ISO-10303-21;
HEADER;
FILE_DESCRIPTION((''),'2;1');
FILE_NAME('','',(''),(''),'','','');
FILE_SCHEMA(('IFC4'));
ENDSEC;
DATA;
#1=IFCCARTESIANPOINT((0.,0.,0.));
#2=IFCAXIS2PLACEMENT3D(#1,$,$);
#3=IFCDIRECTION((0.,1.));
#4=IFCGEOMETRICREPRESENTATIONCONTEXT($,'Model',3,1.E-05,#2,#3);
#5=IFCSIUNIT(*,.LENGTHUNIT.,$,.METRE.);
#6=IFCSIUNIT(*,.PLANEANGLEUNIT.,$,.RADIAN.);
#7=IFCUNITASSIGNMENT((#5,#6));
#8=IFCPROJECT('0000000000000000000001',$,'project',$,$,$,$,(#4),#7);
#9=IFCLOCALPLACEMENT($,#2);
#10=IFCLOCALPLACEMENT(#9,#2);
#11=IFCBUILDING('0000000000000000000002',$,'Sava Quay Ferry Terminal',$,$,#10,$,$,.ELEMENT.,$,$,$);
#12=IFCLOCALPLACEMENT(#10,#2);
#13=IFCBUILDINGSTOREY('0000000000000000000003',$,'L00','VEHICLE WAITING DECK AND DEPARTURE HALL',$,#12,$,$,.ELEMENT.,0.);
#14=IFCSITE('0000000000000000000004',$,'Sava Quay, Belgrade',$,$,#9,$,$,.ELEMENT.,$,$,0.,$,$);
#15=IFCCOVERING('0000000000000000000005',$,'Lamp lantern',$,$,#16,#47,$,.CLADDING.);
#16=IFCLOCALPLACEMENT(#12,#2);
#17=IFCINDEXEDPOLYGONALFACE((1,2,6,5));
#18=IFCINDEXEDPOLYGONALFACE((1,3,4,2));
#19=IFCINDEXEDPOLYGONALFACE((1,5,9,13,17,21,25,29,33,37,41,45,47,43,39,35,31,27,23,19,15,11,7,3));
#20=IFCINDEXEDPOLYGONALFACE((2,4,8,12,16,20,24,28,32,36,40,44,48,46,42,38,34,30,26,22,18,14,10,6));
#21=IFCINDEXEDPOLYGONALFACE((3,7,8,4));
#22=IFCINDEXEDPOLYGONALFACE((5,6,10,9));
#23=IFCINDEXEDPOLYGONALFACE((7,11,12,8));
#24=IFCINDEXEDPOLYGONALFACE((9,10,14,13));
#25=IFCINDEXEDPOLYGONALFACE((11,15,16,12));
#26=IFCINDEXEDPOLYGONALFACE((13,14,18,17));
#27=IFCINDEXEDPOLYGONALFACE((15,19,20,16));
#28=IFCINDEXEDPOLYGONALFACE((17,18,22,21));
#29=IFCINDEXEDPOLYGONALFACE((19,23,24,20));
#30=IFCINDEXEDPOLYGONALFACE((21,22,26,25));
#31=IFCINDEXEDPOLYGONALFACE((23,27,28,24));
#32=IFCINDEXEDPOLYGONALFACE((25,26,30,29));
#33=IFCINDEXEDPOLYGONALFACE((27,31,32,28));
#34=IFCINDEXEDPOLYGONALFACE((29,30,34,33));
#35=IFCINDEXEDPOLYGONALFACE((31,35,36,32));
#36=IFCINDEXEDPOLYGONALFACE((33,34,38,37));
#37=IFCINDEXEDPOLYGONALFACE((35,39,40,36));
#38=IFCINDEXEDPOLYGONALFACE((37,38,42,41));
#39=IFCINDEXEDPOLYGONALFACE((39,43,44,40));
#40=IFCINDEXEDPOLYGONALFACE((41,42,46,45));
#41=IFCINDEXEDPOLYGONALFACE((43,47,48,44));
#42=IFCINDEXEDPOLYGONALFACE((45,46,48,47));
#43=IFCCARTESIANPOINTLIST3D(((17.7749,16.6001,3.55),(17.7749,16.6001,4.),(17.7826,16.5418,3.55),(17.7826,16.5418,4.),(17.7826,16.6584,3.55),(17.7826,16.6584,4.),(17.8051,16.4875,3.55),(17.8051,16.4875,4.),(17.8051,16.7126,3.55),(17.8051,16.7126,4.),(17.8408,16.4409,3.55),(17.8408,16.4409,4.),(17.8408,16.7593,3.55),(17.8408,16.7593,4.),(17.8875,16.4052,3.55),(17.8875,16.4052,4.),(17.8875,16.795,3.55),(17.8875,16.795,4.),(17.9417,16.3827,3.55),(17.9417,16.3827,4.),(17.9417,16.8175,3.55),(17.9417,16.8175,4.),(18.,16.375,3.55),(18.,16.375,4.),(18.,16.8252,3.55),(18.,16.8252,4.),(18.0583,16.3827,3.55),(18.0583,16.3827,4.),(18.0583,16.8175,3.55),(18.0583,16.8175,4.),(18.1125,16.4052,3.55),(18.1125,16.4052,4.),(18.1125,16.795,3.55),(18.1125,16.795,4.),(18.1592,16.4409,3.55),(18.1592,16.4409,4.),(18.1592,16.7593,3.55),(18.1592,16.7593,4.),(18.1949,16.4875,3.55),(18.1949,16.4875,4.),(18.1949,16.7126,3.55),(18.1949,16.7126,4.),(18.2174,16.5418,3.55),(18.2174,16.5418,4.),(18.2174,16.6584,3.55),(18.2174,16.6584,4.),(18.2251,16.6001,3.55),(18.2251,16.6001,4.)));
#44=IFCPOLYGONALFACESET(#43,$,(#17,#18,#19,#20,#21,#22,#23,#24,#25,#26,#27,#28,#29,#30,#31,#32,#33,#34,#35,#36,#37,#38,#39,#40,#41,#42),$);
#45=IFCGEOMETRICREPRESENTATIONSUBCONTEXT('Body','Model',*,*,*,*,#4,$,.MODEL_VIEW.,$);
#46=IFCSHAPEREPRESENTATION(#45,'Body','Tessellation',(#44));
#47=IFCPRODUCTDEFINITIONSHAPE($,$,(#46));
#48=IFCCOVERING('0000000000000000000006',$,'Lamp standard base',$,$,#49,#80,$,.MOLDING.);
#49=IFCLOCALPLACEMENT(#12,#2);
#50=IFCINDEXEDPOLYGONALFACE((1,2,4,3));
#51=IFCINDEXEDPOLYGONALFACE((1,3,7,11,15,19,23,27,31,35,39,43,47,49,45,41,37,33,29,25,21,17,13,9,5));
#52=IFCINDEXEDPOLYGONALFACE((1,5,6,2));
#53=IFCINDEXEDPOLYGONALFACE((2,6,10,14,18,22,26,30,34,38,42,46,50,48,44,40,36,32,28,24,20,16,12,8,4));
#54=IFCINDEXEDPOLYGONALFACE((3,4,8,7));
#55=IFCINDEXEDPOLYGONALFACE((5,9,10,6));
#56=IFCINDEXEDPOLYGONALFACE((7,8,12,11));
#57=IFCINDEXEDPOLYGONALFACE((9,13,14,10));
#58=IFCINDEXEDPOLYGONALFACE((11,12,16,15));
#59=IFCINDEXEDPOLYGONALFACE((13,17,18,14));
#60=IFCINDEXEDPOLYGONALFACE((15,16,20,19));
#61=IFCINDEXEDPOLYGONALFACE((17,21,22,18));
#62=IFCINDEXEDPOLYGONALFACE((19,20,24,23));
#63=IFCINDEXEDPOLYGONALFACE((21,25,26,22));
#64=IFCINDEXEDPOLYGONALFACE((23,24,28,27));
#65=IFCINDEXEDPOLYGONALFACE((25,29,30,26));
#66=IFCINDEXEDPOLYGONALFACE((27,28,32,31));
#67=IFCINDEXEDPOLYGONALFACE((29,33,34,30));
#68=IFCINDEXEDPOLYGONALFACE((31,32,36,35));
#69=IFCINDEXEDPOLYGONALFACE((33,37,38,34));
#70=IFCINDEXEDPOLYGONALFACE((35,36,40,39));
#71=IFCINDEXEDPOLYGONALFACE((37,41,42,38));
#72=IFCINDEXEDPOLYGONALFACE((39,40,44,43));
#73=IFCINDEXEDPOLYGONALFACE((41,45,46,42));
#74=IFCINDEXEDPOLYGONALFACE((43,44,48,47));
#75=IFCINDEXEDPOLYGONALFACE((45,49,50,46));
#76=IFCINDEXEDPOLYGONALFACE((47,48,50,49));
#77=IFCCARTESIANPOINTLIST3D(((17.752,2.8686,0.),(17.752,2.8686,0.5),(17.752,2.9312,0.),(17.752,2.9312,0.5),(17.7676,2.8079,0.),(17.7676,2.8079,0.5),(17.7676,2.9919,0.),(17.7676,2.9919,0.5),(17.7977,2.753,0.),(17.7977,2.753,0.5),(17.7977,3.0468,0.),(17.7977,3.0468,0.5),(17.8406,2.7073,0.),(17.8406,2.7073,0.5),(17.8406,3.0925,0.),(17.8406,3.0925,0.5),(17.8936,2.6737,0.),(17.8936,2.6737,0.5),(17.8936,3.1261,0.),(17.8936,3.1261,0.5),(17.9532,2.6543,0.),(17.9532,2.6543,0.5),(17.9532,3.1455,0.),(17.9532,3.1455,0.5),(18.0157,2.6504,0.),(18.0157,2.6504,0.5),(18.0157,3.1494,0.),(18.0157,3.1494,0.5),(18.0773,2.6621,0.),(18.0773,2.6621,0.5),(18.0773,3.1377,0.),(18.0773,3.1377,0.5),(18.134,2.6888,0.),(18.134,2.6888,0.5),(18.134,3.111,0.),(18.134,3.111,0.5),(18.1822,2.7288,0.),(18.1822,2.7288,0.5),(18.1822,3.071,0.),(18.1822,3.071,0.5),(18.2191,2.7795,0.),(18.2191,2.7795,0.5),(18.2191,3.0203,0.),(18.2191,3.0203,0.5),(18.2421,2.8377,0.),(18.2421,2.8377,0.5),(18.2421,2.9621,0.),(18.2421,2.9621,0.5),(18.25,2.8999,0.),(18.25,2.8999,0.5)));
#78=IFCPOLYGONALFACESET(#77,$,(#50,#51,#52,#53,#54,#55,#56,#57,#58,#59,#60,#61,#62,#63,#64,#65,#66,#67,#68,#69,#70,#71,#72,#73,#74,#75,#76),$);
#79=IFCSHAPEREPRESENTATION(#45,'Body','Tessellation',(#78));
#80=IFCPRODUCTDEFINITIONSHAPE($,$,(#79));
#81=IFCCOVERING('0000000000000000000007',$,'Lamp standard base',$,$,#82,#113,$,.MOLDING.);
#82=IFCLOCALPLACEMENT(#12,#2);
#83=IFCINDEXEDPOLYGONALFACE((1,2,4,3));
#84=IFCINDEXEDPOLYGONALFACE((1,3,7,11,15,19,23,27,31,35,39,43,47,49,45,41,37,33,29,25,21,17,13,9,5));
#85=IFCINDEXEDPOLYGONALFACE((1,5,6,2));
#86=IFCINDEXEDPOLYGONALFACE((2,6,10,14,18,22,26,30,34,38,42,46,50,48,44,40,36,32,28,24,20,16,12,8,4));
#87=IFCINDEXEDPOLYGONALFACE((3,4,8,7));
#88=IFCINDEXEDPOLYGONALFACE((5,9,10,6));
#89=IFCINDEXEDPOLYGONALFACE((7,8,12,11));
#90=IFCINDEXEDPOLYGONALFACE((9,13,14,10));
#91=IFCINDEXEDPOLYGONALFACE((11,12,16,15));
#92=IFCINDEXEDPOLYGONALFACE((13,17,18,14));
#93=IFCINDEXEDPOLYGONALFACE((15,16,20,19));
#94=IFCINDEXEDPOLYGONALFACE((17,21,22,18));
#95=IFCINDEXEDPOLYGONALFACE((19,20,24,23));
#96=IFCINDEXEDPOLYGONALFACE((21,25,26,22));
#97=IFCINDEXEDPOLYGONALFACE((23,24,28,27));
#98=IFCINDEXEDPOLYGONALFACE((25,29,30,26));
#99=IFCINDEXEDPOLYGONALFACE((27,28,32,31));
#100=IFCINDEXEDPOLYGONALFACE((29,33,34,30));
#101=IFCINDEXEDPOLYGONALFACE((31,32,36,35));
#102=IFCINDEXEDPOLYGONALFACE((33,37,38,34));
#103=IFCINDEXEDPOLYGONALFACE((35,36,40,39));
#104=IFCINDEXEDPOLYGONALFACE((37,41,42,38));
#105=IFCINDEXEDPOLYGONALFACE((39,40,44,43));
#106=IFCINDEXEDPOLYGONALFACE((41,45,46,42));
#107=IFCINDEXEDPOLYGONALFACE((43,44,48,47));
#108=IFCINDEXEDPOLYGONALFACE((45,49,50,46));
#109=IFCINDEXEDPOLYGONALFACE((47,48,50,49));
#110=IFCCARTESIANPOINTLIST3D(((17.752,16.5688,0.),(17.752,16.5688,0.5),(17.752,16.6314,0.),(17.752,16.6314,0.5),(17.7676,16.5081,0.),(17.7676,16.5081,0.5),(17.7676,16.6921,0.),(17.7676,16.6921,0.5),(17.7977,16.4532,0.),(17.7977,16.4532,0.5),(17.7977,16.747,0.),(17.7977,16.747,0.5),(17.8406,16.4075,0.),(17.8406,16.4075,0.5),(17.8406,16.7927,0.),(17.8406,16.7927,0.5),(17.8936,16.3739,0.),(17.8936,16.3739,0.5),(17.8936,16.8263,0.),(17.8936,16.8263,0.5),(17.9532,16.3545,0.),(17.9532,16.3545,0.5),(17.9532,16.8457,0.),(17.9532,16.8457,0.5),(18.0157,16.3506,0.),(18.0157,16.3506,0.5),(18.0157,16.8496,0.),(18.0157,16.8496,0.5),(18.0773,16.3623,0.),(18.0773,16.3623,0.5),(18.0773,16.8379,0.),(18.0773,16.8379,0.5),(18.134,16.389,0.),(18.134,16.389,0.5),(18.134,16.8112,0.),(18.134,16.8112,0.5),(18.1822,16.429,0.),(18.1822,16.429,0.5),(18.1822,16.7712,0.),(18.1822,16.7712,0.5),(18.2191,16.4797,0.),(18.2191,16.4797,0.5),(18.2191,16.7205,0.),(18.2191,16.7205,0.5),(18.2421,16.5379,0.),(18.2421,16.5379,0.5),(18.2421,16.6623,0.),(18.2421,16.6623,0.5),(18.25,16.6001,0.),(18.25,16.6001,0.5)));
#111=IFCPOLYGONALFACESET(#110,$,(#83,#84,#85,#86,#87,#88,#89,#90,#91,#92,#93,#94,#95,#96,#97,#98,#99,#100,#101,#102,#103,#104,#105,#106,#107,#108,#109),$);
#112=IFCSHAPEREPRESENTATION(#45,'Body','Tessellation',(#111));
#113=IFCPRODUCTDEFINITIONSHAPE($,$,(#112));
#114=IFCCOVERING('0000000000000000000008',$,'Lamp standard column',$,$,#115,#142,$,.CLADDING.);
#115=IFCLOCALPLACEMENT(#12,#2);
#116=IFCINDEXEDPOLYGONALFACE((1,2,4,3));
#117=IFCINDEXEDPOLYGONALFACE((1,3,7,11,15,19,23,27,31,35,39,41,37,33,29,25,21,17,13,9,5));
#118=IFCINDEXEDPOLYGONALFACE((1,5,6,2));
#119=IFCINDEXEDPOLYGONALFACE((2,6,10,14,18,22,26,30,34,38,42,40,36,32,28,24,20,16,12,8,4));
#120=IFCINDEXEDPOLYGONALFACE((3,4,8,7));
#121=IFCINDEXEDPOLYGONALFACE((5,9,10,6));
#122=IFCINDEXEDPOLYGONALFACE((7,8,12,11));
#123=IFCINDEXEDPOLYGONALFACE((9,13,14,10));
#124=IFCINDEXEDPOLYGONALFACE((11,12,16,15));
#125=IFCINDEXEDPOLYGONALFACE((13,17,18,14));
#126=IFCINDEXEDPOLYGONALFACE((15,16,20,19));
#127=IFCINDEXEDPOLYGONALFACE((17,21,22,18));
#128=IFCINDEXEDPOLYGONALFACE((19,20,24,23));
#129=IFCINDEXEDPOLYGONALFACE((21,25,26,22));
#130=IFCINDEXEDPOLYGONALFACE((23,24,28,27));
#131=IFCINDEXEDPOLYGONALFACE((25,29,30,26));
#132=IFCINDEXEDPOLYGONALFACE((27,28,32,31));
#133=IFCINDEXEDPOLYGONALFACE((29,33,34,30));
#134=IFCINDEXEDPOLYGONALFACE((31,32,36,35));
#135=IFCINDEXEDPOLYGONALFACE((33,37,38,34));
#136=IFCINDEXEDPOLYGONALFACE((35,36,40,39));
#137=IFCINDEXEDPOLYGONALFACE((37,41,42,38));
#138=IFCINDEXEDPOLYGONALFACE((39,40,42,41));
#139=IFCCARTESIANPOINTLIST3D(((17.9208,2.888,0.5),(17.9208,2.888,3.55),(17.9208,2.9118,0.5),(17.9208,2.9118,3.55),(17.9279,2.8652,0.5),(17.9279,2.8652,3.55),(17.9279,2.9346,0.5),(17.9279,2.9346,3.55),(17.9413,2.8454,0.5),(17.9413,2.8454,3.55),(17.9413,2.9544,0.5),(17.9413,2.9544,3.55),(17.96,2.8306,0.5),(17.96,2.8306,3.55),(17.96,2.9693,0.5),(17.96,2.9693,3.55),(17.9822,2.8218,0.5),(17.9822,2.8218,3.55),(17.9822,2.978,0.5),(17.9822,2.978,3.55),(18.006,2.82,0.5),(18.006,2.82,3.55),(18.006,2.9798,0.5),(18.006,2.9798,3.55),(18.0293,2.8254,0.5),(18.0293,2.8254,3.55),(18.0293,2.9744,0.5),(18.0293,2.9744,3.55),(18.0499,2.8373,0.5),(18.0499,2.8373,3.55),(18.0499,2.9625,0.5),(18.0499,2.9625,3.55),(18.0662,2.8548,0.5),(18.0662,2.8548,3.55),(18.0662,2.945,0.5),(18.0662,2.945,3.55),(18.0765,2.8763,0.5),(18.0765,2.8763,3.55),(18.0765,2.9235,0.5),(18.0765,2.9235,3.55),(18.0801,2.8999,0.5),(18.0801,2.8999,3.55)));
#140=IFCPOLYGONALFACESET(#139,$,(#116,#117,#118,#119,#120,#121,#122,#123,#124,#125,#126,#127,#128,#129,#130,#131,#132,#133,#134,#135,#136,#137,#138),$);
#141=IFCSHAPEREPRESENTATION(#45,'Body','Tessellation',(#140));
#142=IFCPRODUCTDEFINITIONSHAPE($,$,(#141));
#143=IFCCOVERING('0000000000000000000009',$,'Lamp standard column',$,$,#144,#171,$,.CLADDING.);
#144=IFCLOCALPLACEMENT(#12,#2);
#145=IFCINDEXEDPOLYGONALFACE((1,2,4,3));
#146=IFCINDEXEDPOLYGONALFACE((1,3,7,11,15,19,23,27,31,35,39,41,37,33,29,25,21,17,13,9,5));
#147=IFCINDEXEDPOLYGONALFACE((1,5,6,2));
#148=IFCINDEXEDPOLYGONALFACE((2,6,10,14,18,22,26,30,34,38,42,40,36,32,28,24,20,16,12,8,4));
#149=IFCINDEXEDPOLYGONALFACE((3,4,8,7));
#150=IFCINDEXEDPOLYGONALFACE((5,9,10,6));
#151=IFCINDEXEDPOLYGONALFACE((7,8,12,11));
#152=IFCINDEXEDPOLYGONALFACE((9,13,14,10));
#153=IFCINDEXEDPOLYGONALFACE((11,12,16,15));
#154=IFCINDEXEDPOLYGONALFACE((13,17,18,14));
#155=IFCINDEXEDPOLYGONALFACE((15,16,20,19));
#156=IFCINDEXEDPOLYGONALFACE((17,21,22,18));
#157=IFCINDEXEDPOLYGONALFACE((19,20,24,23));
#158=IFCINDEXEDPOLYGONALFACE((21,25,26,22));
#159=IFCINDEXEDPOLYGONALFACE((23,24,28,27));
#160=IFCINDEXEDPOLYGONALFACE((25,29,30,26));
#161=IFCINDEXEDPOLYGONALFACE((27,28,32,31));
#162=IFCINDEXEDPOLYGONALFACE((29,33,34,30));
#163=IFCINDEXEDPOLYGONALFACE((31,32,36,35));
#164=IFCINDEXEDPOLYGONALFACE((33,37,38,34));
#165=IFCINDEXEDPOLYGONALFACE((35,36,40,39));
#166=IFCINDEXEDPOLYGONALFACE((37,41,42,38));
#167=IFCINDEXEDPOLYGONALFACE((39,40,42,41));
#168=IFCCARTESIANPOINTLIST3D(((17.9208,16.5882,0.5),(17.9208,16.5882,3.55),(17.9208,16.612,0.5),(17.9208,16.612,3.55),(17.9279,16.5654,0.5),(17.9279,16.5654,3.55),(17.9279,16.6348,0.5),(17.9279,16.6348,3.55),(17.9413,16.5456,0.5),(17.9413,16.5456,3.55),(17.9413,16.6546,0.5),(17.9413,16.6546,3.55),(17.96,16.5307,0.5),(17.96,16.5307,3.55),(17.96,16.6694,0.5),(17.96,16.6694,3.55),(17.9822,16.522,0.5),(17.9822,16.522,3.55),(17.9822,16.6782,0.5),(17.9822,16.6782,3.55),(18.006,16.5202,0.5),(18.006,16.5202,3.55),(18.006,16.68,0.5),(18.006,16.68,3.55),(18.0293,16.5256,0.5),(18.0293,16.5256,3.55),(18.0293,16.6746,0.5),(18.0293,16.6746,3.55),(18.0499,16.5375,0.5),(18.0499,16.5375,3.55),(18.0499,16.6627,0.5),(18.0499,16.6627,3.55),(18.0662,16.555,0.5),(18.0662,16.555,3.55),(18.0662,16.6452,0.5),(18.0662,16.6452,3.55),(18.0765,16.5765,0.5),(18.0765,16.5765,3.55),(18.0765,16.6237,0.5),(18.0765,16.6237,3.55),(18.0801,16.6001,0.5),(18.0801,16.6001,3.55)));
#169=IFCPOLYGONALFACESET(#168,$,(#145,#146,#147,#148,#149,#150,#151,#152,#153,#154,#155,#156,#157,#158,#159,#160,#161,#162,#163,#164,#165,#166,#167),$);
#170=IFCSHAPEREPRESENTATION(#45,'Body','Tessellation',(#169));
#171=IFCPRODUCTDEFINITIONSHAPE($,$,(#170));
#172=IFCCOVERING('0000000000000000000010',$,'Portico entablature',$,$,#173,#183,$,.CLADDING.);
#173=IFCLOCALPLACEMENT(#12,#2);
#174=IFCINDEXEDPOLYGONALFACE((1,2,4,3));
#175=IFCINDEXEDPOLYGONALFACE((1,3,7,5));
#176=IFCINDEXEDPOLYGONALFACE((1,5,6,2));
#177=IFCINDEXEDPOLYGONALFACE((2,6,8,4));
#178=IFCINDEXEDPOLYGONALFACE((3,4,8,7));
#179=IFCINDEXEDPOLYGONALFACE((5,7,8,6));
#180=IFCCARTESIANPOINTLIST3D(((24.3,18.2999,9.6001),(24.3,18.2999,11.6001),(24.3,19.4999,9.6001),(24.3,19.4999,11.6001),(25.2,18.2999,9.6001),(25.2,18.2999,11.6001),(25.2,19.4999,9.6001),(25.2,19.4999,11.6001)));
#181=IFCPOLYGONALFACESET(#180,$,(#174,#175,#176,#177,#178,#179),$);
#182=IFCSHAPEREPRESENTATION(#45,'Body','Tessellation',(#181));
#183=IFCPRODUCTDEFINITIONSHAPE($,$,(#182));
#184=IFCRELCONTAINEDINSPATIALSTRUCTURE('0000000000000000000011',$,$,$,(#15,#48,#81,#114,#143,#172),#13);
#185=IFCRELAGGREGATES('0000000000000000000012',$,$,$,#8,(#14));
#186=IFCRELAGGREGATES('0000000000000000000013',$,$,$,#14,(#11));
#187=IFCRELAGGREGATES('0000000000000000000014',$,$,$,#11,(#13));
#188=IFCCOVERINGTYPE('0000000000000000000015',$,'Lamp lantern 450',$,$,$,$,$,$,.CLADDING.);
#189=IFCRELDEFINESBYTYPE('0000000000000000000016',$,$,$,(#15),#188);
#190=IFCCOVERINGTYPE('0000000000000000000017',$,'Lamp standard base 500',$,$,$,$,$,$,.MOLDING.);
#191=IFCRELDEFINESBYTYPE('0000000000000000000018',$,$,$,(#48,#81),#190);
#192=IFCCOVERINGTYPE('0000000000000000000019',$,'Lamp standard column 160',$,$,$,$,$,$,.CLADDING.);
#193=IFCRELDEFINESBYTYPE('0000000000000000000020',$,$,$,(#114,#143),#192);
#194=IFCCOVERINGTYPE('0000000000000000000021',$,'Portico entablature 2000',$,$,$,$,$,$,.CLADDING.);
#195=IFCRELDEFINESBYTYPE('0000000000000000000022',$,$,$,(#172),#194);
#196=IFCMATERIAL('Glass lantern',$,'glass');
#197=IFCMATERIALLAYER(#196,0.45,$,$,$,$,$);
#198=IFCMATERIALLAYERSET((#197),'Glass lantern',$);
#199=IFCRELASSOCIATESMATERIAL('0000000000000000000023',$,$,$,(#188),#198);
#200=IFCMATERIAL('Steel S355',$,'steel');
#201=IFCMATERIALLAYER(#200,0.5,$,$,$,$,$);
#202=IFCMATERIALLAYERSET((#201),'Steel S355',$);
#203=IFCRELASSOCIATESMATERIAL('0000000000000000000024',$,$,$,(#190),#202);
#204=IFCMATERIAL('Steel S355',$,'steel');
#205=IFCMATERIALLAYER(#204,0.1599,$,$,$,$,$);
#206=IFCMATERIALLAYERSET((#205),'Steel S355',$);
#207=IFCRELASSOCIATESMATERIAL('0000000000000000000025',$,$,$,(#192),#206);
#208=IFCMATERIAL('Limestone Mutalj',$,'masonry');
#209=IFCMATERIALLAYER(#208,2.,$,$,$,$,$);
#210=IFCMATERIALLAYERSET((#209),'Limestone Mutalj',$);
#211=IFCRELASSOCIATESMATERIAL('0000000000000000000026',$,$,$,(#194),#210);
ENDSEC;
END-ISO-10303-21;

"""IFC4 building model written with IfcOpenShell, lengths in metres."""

from ifc_helpers import new_model, si_unit, direction, frame, origin, origin_2d, place, context, subcontext, project, spatial, rectangle, circle, extrude, material, layer, layer_set, type_object, element, save


model = new_model("IFC4")

# Units and contexts
model_context = context("Model", 3, precision=1e-05, world=origin(), true_north=direction((0.0, 1.0)))
body_context = subcontext(model_context, "Body", "Model", "MODEL_VIEW")
ifc_project = project(units=[si_unit("LENGTHUNIT", "METRE"), si_unit("PLANEANGLEUNIT", "RADIAN")], contexts=[model_context])

# Site, building, storey
site_placement = place(None, origin())
site = spatial("IfcSite", under=ifc_project, at=site_placement, Name="Sava Quay, Belgrade", CompositionType="ELEMENT", RefElevation=0.0)
building_placement = place(site_placement, origin())
building = spatial("IfcBuilding", under=site, at=building_placement, Name="Sava Quay Ferry Terminal", CompositionType="ELEMENT")
storey_placement = place(building_placement, origin())
storey = spatial("IfcBuildingStorey", under=building, at=storey_placement, Name="L00", Description="VEHICLE WAITING DECK AND DEPARTURE HALL", CompositionType="ELEMENT", Elevation=0.0)

# Coverings
ifc_material_1 = material(Name="Glass lantern", Category="glass")
ifc_layer_1 = layer(ifc_material_1, 0.45)
ifc_layer_set_1 = layer_set([ifc_layer_1], Name="Glass lantern")
covering_type_1 = type_object("IfcCoveringType", Name="Lamp lantern 450", PredefinedType="CLADDING", material=ifc_layer_set_1)
for number, where, z_axis, x_axis, name in (
    (1, (18.0, 16.6001, 4.0), (0.0, 0.0, -1.0), (1.0, 0.0, 0.0), "Lamp lantern"),
):
    element("IfcCovering", number, at=place(storey_placement, frame(where, z_axis=z_axis, x_axis=x_axis)), inside=storey, type_object=covering_type_1, Name=name, PredefinedType="CLADDING", context=body_context, shape_type="SweptSolid", body=[
        extrude(circle(Radius=0.2251, at=origin_2d()), origin(), (0.0, 0.0, 1.0), 0.45),
    ])
ifc_material_2 = material(Name="Steel S355", Category="steel")
ifc_layer_2 = layer(ifc_material_2, 0.5)
ifc_layer_set_2 = layer_set([ifc_layer_2], Name="Steel S355")
covering_type_2 = type_object("IfcCoveringType", Name="Lamp standard base 500", PredefinedType="MOLDING", material=ifc_layer_set_2)
for number, where, z_axis, x_axis, name in (
    (2, (18.0, 2.8999, 0.5), (0.0, 0.0, -1.0), (1.0, 0.0, 0.0), "Lamp standard base"),
    (3, (18.0, 16.6001, 0.5), (0.0, 0.0, -1.0), (1.0, 0.0, 0.0), "Lamp standard base"),
):
    element("IfcCovering", number, at=place(storey_placement, frame(where, z_axis=z_axis, x_axis=x_axis)), inside=storey, type_object=covering_type_2, Name=name, PredefinedType="MOLDING", context=body_context, shape_type="SweptSolid", body=[
        extrude(circle(Radius=0.25, at=origin_2d()), origin(), (0.0, 0.0, 1.0), 0.5),
    ])
ifc_material_3 = material(Name="Steel S355", Category="steel")
ifc_layer_3 = layer(ifc_material_3, 0.1599)
ifc_layer_set_3 = layer_set([ifc_layer_3], Name="Steel S355")
covering_type_3 = type_object("IfcCoveringType", Name="Lamp standard column 160", PredefinedType="CLADDING", material=ifc_layer_set_3)
for number, where, z_axis, x_axis, name in (
    (4, (18.0, 2.8999, 3.55), (0.0, 0.0, -1.0), (1.0, 0.0, 0.0), "Lamp standard column"),
    (5, (18.0, 16.6001, 3.55), (0.0, 0.0, -1.0), (1.0, 0.0, 0.0), "Lamp standard column"),
):
    element("IfcCovering", number, at=place(storey_placement, frame(where, z_axis=z_axis, x_axis=x_axis)), inside=storey, type_object=covering_type_3, Name=name, PredefinedType="CLADDING", context=body_context, shape_type="SweptSolid", body=[
        extrude(circle(Radius=0.0801, at=origin_2d()), origin(), (0.0, 0.0, 1.0), 3.05),
    ])
ifc_material_4 = material(Name="Limestone Mutalj", Category="masonry")
ifc_layer_4 = layer(ifc_material_4, 2.0)
ifc_layer_set_4 = layer_set([ifc_layer_4], Name="Limestone Mutalj")
covering_type_4 = type_object("IfcCoveringType", Name="Portico entablature 2000", PredefinedType="CLADDING", material=ifc_layer_set_4)
covering_1_placement = place(storey_placement, frame((24.75, 18.8999, 9.6001), z_axis=(0.0, 0.0, 1.0), x_axis=(1.0, 0.0, 0.0)))
element("IfcCovering", 6, at=covering_1_placement, inside=storey, type_object=covering_type_4, Name="Portico entablature", PredefinedType="CLADDING", context=body_context, shape_type="SweptSolid", body=[
    extrude(rectangle(XDim=0.8999, YDim=1.2, at=origin_2d()), origin(), (0.0, 0.0, 1.0), 2.0),
])

save(model, "model.ifc")
